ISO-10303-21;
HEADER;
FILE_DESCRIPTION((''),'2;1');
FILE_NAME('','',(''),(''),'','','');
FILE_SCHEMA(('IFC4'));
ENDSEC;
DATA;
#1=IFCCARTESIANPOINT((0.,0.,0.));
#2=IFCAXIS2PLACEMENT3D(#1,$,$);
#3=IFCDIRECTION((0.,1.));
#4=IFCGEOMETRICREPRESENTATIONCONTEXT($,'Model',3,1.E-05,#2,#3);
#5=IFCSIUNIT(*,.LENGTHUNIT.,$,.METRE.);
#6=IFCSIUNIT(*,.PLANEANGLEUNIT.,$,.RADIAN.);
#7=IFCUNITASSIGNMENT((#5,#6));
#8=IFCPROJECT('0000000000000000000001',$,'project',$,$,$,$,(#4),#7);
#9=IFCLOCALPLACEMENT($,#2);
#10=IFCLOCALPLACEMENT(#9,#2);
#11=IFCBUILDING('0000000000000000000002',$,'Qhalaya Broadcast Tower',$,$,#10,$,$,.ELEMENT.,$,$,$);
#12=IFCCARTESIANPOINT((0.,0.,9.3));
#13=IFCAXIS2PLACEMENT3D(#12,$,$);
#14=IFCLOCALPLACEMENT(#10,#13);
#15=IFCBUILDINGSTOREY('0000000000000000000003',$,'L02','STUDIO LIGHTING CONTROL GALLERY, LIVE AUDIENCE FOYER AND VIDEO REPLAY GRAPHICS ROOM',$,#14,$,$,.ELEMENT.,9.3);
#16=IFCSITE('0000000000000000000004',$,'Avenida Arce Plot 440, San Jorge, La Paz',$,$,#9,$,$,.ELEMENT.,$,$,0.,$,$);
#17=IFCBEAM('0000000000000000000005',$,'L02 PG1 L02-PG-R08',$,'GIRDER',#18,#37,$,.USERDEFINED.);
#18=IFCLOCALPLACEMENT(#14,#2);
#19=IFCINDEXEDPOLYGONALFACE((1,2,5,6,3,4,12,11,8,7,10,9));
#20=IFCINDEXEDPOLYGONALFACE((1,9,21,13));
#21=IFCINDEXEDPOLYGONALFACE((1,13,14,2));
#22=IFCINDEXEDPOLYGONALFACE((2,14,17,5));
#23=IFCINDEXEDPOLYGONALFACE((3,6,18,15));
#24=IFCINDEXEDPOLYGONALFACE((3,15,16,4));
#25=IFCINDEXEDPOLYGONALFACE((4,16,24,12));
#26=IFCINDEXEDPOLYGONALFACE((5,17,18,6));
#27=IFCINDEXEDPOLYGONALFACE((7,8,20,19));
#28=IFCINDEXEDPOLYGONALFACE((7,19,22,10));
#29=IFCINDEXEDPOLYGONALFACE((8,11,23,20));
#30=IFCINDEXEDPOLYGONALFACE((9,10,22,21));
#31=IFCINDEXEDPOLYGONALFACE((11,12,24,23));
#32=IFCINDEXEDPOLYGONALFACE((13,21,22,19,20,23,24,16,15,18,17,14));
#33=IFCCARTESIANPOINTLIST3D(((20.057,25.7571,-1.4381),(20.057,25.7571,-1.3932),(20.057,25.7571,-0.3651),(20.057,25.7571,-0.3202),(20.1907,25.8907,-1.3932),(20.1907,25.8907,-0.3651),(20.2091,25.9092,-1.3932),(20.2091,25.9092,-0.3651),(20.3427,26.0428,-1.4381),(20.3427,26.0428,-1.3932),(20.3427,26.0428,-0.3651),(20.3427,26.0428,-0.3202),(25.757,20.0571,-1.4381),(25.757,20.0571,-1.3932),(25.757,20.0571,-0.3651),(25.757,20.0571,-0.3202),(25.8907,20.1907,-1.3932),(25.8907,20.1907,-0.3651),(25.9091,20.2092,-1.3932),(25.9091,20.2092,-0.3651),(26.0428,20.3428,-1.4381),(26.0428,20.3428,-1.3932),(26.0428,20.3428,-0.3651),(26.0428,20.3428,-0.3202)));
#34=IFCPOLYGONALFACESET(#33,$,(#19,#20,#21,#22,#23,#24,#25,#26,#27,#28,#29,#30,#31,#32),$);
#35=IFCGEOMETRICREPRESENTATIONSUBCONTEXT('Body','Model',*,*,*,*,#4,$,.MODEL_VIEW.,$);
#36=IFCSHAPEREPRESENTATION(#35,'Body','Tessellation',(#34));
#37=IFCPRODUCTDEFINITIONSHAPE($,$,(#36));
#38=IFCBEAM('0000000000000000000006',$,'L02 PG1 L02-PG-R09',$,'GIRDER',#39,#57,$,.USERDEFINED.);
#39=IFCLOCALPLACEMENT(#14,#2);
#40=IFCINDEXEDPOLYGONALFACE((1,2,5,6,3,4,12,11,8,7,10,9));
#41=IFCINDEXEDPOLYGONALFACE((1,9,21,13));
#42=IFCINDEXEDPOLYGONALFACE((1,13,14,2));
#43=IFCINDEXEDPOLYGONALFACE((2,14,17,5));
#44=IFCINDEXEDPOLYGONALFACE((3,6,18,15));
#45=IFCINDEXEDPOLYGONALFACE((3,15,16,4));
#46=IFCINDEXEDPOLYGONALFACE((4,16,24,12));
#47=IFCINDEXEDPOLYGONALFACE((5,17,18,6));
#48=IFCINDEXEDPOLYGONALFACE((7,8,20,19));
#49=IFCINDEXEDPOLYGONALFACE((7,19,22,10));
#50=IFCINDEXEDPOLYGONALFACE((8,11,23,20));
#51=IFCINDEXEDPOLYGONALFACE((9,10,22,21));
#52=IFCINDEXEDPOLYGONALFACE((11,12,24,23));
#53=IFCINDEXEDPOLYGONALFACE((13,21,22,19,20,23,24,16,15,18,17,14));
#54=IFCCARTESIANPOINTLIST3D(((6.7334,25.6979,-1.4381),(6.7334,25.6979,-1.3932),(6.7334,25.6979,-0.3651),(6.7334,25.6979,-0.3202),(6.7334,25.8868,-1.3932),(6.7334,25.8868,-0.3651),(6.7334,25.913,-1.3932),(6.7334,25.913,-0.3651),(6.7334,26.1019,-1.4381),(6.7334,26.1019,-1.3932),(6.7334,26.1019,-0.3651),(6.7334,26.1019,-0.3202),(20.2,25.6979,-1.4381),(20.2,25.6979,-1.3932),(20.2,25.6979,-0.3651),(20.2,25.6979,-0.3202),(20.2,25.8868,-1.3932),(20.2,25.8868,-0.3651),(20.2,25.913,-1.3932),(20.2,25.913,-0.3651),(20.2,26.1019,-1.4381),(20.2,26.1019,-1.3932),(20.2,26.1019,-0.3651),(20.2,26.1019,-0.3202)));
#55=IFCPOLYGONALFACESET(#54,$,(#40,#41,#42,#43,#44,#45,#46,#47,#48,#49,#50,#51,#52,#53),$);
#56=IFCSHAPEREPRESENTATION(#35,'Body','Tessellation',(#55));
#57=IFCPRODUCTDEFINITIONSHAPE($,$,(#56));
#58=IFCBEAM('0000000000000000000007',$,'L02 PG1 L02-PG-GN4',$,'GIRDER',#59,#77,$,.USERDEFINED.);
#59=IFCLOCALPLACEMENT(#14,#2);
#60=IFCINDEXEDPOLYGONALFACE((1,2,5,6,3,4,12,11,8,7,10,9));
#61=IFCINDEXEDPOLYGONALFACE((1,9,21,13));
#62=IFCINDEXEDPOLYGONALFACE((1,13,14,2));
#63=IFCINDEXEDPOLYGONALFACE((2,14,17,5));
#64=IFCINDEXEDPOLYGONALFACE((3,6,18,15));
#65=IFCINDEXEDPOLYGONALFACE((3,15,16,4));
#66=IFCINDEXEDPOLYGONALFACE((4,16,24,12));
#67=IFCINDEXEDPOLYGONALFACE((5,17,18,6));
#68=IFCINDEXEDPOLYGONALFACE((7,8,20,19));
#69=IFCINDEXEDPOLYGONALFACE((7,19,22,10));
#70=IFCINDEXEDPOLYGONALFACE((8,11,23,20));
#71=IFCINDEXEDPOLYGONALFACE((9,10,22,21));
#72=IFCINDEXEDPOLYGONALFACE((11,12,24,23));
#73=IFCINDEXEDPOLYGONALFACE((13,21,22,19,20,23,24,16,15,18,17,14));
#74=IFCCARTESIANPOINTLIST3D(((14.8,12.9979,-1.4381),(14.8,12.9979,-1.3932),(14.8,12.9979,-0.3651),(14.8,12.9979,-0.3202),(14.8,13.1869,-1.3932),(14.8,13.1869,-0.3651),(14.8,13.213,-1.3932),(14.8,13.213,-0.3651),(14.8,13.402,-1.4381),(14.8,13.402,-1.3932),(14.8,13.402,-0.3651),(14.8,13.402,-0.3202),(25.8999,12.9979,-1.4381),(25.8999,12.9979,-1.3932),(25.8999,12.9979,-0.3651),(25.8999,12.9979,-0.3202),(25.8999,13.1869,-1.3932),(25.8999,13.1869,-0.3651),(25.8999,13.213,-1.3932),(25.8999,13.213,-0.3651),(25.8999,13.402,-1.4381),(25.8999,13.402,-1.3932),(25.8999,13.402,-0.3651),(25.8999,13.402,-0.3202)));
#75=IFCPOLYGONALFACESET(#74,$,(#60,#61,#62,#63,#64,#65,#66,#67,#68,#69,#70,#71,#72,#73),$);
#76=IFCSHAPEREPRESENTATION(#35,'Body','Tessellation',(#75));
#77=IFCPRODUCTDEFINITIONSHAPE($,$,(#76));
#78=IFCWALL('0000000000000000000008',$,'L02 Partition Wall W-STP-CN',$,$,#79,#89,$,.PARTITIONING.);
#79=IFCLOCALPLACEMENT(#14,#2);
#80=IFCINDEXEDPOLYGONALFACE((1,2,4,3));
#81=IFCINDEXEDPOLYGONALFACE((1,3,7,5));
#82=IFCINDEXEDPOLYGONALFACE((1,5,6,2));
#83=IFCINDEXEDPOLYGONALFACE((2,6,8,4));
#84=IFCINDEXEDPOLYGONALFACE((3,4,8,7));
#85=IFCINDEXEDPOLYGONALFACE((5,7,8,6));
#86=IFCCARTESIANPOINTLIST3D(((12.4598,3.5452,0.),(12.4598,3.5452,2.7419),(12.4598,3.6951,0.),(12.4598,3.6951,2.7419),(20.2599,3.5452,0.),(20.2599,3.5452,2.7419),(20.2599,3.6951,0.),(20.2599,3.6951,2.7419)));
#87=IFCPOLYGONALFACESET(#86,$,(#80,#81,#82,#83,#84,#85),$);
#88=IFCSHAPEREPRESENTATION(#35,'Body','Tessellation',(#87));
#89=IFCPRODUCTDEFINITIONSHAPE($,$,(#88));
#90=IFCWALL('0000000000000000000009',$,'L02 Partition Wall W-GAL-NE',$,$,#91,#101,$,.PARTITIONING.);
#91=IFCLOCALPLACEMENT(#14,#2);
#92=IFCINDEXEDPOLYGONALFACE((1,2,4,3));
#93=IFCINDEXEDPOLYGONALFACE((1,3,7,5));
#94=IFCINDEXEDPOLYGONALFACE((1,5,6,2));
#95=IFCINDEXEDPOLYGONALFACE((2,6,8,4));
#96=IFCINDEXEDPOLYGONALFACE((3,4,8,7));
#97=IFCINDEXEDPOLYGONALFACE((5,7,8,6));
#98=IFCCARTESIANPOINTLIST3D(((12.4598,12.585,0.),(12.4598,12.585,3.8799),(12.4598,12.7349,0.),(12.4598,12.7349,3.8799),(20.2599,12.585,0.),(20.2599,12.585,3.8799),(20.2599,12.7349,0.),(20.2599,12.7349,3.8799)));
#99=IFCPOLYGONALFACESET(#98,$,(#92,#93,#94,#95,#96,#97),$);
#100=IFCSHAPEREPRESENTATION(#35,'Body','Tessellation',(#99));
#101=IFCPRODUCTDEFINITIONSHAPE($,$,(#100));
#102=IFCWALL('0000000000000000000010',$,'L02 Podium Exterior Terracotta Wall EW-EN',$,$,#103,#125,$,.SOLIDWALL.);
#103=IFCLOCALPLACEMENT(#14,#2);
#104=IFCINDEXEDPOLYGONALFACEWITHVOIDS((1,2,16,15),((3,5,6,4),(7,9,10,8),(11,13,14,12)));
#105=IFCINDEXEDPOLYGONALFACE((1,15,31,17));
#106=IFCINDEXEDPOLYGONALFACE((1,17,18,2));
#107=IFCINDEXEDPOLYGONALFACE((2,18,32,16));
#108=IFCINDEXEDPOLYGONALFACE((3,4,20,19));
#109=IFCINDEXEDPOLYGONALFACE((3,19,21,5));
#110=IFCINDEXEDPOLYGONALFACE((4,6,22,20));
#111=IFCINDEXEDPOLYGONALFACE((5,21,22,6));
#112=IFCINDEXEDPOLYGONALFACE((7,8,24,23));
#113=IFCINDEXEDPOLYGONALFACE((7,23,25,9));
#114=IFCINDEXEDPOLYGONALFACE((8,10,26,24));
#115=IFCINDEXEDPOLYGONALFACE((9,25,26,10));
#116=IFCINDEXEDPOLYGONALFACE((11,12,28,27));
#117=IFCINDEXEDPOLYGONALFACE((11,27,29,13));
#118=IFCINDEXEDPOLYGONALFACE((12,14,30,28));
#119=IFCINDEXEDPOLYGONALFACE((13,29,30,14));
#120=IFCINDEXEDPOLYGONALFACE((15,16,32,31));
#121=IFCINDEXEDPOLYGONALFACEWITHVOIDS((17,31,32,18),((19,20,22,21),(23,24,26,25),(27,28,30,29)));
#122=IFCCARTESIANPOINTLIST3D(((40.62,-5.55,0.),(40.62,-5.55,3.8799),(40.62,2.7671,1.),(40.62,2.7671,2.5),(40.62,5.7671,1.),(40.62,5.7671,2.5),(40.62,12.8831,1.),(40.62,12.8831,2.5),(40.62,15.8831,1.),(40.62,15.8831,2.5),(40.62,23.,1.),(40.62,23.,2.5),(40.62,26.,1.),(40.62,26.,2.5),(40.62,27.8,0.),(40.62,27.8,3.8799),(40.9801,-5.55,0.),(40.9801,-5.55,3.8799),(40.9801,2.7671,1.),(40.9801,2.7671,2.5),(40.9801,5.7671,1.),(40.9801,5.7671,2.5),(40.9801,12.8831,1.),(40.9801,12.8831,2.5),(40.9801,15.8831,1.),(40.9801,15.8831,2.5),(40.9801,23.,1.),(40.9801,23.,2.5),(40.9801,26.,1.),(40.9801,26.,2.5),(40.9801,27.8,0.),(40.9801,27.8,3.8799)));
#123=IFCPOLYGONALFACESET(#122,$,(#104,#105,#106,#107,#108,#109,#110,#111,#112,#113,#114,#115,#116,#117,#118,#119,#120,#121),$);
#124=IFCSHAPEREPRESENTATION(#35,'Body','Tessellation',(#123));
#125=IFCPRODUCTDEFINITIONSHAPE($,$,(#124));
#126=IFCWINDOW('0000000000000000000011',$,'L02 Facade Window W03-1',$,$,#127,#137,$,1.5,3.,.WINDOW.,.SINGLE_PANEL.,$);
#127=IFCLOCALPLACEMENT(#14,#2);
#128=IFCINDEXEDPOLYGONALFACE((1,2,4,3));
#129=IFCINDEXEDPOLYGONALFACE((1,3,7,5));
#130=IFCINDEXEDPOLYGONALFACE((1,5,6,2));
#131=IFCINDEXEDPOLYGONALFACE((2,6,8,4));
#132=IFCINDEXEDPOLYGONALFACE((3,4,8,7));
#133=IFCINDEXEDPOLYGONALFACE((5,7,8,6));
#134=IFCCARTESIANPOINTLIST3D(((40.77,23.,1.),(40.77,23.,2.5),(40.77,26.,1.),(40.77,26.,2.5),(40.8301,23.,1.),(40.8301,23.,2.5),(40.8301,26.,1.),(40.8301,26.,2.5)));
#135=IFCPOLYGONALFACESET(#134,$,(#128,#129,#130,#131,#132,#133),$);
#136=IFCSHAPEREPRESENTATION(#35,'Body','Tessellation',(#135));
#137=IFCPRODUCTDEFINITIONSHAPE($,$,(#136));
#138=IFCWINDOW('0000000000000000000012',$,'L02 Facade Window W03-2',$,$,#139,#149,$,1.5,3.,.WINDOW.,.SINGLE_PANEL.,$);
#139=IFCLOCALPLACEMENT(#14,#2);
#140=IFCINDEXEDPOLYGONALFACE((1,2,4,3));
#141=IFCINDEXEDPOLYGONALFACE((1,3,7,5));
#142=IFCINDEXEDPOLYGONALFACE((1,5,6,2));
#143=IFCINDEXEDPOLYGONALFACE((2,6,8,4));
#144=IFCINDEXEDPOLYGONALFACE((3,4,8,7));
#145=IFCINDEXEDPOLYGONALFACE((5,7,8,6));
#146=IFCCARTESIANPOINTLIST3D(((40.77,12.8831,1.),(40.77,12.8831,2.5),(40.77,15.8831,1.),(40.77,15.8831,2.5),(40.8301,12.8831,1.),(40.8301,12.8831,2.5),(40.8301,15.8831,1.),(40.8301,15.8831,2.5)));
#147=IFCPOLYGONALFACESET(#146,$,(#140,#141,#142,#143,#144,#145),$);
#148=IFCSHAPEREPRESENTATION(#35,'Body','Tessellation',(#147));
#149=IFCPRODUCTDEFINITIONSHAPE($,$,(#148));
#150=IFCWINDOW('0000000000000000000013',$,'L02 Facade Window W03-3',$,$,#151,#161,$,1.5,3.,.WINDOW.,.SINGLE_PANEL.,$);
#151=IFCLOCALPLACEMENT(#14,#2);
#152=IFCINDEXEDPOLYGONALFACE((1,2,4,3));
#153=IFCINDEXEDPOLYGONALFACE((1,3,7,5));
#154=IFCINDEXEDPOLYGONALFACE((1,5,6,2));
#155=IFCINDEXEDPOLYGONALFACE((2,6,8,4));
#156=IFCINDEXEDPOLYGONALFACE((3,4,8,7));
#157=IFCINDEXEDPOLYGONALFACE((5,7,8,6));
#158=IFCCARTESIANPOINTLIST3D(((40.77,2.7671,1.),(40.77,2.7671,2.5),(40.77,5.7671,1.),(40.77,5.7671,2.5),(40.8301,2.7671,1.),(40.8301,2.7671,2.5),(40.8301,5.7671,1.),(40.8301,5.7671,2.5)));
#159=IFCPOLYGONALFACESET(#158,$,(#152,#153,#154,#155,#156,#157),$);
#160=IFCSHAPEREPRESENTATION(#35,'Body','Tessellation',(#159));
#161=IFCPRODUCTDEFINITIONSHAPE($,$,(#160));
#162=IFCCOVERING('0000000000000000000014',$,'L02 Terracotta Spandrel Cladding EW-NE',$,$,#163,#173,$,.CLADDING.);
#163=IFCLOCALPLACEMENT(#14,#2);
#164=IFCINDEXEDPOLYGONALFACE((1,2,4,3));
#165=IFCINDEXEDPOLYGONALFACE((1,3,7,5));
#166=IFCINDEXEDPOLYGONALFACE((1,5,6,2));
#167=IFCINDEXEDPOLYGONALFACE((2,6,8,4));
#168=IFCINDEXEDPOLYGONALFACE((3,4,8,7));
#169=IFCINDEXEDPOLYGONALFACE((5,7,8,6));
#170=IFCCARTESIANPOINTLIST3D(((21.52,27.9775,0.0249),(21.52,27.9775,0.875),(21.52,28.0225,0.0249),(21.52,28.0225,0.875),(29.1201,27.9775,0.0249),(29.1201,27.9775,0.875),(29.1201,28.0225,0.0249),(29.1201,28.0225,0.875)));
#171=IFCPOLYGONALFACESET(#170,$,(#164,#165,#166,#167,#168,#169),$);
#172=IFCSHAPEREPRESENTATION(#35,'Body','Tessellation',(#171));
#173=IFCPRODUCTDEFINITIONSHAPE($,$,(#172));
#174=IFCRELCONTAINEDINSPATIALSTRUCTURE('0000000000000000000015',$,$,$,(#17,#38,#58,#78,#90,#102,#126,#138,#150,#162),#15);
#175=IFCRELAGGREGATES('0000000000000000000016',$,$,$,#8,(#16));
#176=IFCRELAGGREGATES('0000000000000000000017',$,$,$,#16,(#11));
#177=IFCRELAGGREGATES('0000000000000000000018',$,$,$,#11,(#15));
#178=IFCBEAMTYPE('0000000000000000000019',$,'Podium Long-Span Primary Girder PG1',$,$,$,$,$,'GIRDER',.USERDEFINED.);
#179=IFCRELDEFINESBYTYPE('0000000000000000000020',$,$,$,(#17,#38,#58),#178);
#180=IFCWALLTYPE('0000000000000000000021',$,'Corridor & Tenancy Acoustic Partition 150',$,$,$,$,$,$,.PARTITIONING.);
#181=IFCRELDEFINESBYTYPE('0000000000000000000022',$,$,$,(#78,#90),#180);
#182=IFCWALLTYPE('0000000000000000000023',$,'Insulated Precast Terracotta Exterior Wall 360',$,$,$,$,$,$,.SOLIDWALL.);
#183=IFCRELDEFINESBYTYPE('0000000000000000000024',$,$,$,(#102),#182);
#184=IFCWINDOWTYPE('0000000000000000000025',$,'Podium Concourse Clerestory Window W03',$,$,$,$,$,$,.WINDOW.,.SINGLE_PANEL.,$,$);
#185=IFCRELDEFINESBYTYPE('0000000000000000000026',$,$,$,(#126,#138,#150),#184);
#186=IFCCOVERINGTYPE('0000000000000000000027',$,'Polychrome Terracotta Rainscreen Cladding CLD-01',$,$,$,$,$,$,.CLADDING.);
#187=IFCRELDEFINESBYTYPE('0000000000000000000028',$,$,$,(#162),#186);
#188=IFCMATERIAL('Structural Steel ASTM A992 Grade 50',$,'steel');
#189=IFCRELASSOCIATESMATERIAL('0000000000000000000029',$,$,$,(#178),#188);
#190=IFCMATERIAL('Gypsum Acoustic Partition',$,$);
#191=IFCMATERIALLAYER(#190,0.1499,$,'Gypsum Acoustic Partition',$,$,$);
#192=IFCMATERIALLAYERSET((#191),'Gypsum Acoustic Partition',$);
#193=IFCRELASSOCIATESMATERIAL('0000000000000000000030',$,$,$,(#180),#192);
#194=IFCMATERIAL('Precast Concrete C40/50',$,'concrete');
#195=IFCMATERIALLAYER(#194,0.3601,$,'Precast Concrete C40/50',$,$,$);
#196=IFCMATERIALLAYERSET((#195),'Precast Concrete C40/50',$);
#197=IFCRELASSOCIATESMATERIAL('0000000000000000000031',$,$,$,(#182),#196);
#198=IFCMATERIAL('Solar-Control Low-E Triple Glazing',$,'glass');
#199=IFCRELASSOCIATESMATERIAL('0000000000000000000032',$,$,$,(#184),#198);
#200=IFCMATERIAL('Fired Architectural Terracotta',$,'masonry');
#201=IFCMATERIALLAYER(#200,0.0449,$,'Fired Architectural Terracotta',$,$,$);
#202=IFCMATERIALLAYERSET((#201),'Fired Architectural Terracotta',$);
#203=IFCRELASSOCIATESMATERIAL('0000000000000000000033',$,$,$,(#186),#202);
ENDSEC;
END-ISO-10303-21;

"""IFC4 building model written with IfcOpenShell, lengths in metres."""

from ifc_helpers import new_model, si_unit, direction, frame, frame_2d, origin, origin_2d, place, context, subcontext, project, spatial, rectangle, i_section, extrude, material, layer, layer_set, material_profile, profile_set, type_object, element, fill, save


model = new_model("IFC4")

# Units and contexts
model_context = context("Model", 3, precision=1e-05, world=origin(), true_north=direction((0.0, 1.0)))
body_context = subcontext(model_context, "Body", "Model", "MODEL_VIEW")
ifc_project = project(units=[si_unit("LENGTHUNIT", "METRE"), si_unit("PLANEANGLEUNIT", "RADIAN")], contexts=[model_context])

# Site, building, storey
site_placement = place(None, origin())
site = spatial("IfcSite", under=ifc_project, at=site_placement, Name="Avenida Arce Plot 440, San Jorge, La Paz", CompositionType="ELEMENT", RefElevation=0.0)
building_placement = place(site_placement, origin())
building = spatial("IfcBuilding", under=site, at=building_placement, Name="Qhalaya Broadcast Tower", CompositionType="ELEMENT")
storey_placement = place(building_placement, frame((0.0, 0.0, 9.3)))
storey = spatial("IfcBuildingStorey", under=building, at=storey_placement, Name="L02", Description="STUDIO LIGHTING CONTROL GALLERY, LIVE AUDIENCE FOYER AND VIDEO REPLAY GRAPHICS ROOM", CompositionType="ELEMENT", Elevation=9.3)

# Beams
ifc_material_1 = material(Name="Structural Steel ASTM A992 Grade 50", Category="steel")
ifc_material_profile_1 = material_profile(ifc_material_1, i_section(OverallWidth=0.4041, OverallDepth=1.1179, WebThickness=0.0261, FlangeThickness=0.0449, at=origin_2d()), Name="W44X335")
ifc_profile_set_1 = profile_set([ifc_material_profile_1], Name="Structural Steel ASTM A992 Grade 50")
beam_type_1 = type_object("IfcBeamType", Name="Podium Long-Span Primary Girder PG1", ElementType="GIRDER", PredefinedType="USERDEFINED", material=ifc_profile_set_1)
beam_1_placement = place(storey_placement, frame((25.8999, 20.2, -0.8792), z_axis=(-0.707107, 0.707107, 0.0), x_axis=(-0.707107, -0.707107, 0.0)))
element("IfcBeam", 1, at=beam_1_placement, inside=storey, type_object=beam_type_1, Name="L02 PG1 L02-PG-R08", ObjectType="GIRDER", PredefinedType="USERDEFINED", context=body_context, shape_type="SweptSolid", body=[
    extrude(i_section(OverallWidth=0.4041, OverallDepth=1.1179, WebThickness=0.0261, FlangeThickness=0.0449, at=origin_2d()), origin(), (0.0, 0.0, 1.0), 8.061),
])
beam_2_placement = place(storey_placement, frame((20.2, 25.8999, -0.8792), z_axis=(-1.0, 0.0, 0.0), x_axis=(0.0, -1.0, 0.0)))
element("IfcBeam", 2, at=beam_2_placement, inside=storey, type_object=beam_type_1, Name="L02 PG1 L02-PG-R09", ObjectType="GIRDER", PredefinedType="USERDEFINED", context=body_context, shape_type="SweptSolid", body=[
    extrude(i_section(OverallWidth=0.4041, OverallDepth=1.1179, WebThickness=0.0261, FlangeThickness=0.0449, at=origin_2d()), origin(), (0.0, 0.0, 1.0), 13.4666),
])
beam_3_placement = place(storey_placement, frame((14.8, 13.2, -0.8792), z_axis=(1.0, 0.0, 0.0), x_axis=(0.0, 1.0, 0.0)))
element("IfcBeam", 3, at=beam_3_placement, inside=storey, type_object=beam_type_1, Name="L02 PG1 L02-PG-GN4", ObjectType="GIRDER", PredefinedType="USERDEFINED", context=body_context, shape_type="SweptSolid", body=[
    extrude(i_section(OverallWidth=0.4041, OverallDepth=1.1179, WebThickness=0.0261, FlangeThickness=0.0449, at=origin_2d()), origin(), (0.0, 0.0, 1.0), 11.0999),
])

# Walls
ifc_material_2 = material(Name="Gypsum Acoustic Partition")
ifc_layer_1 = layer(ifc_material_2, 0.1499, Name="Gypsum Acoustic Partition")
ifc_layer_set_1 = layer_set([ifc_layer_1], Name="Gypsum Acoustic Partition")
wall_type_1 = type_object("IfcWallType", Name="Corridor & Tenancy Acoustic Partition 150", PredefinedType="PARTITIONING", material=ifc_layer_set_1)
wall_1_placement = place(storey_placement, frame((12.46, 3.6201, 0.0), z_axis=(0.0, 0.0, 1.0), x_axis=(1.0, 0.0, 0.0)))
element("IfcWall", 4, at=wall_1_placement, inside=storey, type_object=wall_type_1, Name="L02 Partition Wall W-STP-CN", PredefinedType="PARTITIONING", context=body_context, shape_type="SweptSolid", body=[
    extrude(rectangle(XDim=7.8, YDim=0.1499, at=frame_2d((3.8999, 0.0))), origin(), (0.0, 0.0, 1.0), 2.7419),
])
wall_2_placement = place(storey_placement, frame((12.46, 12.6599, 0.0), z_axis=(0.0, 0.0, 1.0), x_axis=(1.0, 0.0, 0.0)))
element("IfcWall", 5, at=wall_2_placement, inside=storey, type_object=wall_type_1, Name="L02 Partition Wall W-GAL-NE", PredefinedType="PARTITIONING", context=body_context, shape_type="SweptSolid", body=[
    extrude(rectangle(XDim=7.8, YDim=0.1499, at=frame_2d((3.8999, 0.0))), origin(), (0.0, 0.0, 1.0), 3.8799),
])

# Wall, openings, windows
ifc_material_3 = material(Name="Precast Concrete C40/50", Category="concrete")
ifc_layer_2 = layer(ifc_material_3, 0.3601, Name="Precast Concrete C40/50")
ifc_layer_set_2 = layer_set([ifc_layer_2], Name="Precast Concrete C40/50")
wall_type_2 = type_object("IfcWallType", Name="Insulated Precast Terracotta Exterior Wall 360", PredefinedType="SOLIDWALL", material=ifc_layer_set_2)
wall_3_placement = place(storey_placement, frame((40.8, 27.8, 0.0), z_axis=(0.0, 0.0, 1.0), x_axis=(0.0, -1.0, 0.0)))
wall_3 = element("IfcWall", 6, at=wall_3_placement, inside=storey, type_object=wall_type_2, Name="L02 Podium Exterior Terracotta Wall EW-EN", PredefinedType="SOLIDWALL", context=body_context, shape_type="SweptSolid", body=[
    extrude(rectangle(XDim=33.3501, YDim=0.3601, at=frame_2d((16.675, 0.0))), origin(), (0.0, 0.0, 1.0), 3.8799),
])
opening_1_placement = place(wall_3_placement, frame((1.8, 0.0, 1.0)))
opening_1 = element("IfcOpeningElement", 7, at=opening_1_placement, cuts=wall_3, PredefinedType="OPENING", context=body_context, shape_type="SweptSolid", body=[
    extrude(rectangle(XDim=3.0, YDim=1.5, at=frame_2d((1.5, 0.75))), frame((0.0, 0.1921, 0.0), z_axis=(0.0, -1.0, 0.0), x_axis=(1.0, 0.0, 0.0)), (0.0, 0.0, 1.0), 0.384),
])
opening_2_placement = place(wall_3_placement, frame((11.917, 0.0, 1.0)))
opening_2 = element("IfcOpeningElement", 8, at=opening_2_placement, cuts=wall_3, PredefinedType="OPENING", context=body_context, shape_type="SweptSolid", body=[
    extrude(rectangle(XDim=3.0, YDim=1.5, at=frame_2d((1.5, 0.75))), frame((0.0, 0.1921, 0.0), z_axis=(0.0, -1.0, 0.0), x_axis=(1.0, 0.0, 0.0)), (0.0, 0.0, 1.0), 0.384),
])
opening_3_placement = place(wall_3_placement, frame((22.033, 0.0, 1.0)))
opening_3 = element("IfcOpeningElement", 9, at=opening_3_placement, cuts=wall_3, PredefinedType="OPENING", context=body_context, shape_type="SweptSolid", body=[
    extrude(rectangle(XDim=3.0, YDim=1.5, at=frame_2d((1.5, 0.75))), frame((0.0, 0.1921, 0.0), z_axis=(0.0, -1.0, 0.0), x_axis=(1.0, 0.0, 0.0)), (0.0, 0.0, 1.0), 0.384),
])
ifc_material_4 = material(Name="Solar-Control Low-E Triple Glazing", Category="glass")
window_type = type_object("IfcWindowType", Name="Podium Concourse Clerestory Window W03", PartitioningType="SINGLE_PANEL", PredefinedType="WINDOW", material=ifc_material_4)
window_1_placement = place(opening_1_placement, origin())
window_1 = element("IfcWindow", 10, at=window_1_placement, inside=storey, type_object=window_type, Name="L02 Facade Window W03-1", OverallHeight=1.5, OverallWidth=3.0, PartitioningType="SINGLE_PANEL", PredefinedType="WINDOW", context=body_context, shape_type="SweptSolid", body=[
    extrude(rectangle(XDim=3.0, YDim=1.5, at=frame_2d((1.5, 0.75))), frame((0.0, 0.03, 0.0), z_axis=(0.0, -1.0, 0.0), x_axis=(1.0, 0.0, 0.0)), (0.0, 0.0, 1.0), 0.0601),
])
fill(opening_1, window_1)
window_2_placement = place(opening_2_placement, origin())
window_2 = element("IfcWindow", 11, at=window_2_placement, inside=storey, type_object=window_type, Name="L02 Facade Window W03-2", OverallHeight=1.5, OverallWidth=3.0, PartitioningType="SINGLE_PANEL", PredefinedType="WINDOW", context=body_context, shape_type="SweptSolid", body=[
    extrude(rectangle(XDim=3.0, YDim=1.5, at=frame_2d((1.5, 0.75))), frame((0.0, 0.03, 0.0), z_axis=(0.0, -1.0, 0.0), x_axis=(1.0, 0.0, 0.0)), (0.0, 0.0, 1.0), 0.0601),
])
fill(opening_2, window_2)
window_3_placement = place(opening_3_placement, origin())
window_3 = element("IfcWindow", 12, at=window_3_placement, inside=storey, type_object=window_type, Name="L02 Facade Window W03-3", OverallHeight=1.5, OverallWidth=3.0, PartitioningType="SINGLE_PANEL", PredefinedType="WINDOW", context=body_context, shape_type="SweptSolid", body=[
    extrude(rectangle(XDim=3.0, YDim=1.5, at=frame_2d((1.5, 0.75))), frame((0.0, 0.03, 0.0), z_axis=(0.0, -1.0, 0.0), x_axis=(1.0, 0.0, 0.0)), (0.0, 0.0, 1.0), 0.0601),
])
fill(opening_3, window_3)

# Covering
ifc_material_5 = material(Name="Fired Architectural Terracotta", Category="masonry")
ifc_layer_3 = layer(ifc_material_5, 0.0449, Name="Fired Architectural Terracotta")
ifc_layer_set_3 = layer_set([ifc_layer_3], Name="Fired Architectural Terracotta")
covering_type = type_object("IfcCoveringType", Name="Polychrome Terracotta Rainscreen Cladding CLD-01", PredefinedType="CLADDING", material=ifc_layer_set_3)
for number, where, z_axis, x_axis, name in (
    (13, (25.3201, 28.0, 0.0249), (0.0, 0.0, 1.0), (1.0, 0.0, 0.0), "L02 Terracotta Spandrel Cladding EW-NE"),
):
    element("IfcCovering", number, at=place(storey_placement, frame(where, z_axis=z_axis, x_axis=x_axis)), inside=storey, type_object=covering_type, Name=name, PredefinedType="CLADDING", context=body_context, shape_type="SweptSolid", body=[
        extrude(rectangle(XDim=7.6001, YDim=0.0449, at=origin_2d()), origin(), (0.0, 0.0, 1.0), 0.8501),
    ])

save(model, "model.ifc")
